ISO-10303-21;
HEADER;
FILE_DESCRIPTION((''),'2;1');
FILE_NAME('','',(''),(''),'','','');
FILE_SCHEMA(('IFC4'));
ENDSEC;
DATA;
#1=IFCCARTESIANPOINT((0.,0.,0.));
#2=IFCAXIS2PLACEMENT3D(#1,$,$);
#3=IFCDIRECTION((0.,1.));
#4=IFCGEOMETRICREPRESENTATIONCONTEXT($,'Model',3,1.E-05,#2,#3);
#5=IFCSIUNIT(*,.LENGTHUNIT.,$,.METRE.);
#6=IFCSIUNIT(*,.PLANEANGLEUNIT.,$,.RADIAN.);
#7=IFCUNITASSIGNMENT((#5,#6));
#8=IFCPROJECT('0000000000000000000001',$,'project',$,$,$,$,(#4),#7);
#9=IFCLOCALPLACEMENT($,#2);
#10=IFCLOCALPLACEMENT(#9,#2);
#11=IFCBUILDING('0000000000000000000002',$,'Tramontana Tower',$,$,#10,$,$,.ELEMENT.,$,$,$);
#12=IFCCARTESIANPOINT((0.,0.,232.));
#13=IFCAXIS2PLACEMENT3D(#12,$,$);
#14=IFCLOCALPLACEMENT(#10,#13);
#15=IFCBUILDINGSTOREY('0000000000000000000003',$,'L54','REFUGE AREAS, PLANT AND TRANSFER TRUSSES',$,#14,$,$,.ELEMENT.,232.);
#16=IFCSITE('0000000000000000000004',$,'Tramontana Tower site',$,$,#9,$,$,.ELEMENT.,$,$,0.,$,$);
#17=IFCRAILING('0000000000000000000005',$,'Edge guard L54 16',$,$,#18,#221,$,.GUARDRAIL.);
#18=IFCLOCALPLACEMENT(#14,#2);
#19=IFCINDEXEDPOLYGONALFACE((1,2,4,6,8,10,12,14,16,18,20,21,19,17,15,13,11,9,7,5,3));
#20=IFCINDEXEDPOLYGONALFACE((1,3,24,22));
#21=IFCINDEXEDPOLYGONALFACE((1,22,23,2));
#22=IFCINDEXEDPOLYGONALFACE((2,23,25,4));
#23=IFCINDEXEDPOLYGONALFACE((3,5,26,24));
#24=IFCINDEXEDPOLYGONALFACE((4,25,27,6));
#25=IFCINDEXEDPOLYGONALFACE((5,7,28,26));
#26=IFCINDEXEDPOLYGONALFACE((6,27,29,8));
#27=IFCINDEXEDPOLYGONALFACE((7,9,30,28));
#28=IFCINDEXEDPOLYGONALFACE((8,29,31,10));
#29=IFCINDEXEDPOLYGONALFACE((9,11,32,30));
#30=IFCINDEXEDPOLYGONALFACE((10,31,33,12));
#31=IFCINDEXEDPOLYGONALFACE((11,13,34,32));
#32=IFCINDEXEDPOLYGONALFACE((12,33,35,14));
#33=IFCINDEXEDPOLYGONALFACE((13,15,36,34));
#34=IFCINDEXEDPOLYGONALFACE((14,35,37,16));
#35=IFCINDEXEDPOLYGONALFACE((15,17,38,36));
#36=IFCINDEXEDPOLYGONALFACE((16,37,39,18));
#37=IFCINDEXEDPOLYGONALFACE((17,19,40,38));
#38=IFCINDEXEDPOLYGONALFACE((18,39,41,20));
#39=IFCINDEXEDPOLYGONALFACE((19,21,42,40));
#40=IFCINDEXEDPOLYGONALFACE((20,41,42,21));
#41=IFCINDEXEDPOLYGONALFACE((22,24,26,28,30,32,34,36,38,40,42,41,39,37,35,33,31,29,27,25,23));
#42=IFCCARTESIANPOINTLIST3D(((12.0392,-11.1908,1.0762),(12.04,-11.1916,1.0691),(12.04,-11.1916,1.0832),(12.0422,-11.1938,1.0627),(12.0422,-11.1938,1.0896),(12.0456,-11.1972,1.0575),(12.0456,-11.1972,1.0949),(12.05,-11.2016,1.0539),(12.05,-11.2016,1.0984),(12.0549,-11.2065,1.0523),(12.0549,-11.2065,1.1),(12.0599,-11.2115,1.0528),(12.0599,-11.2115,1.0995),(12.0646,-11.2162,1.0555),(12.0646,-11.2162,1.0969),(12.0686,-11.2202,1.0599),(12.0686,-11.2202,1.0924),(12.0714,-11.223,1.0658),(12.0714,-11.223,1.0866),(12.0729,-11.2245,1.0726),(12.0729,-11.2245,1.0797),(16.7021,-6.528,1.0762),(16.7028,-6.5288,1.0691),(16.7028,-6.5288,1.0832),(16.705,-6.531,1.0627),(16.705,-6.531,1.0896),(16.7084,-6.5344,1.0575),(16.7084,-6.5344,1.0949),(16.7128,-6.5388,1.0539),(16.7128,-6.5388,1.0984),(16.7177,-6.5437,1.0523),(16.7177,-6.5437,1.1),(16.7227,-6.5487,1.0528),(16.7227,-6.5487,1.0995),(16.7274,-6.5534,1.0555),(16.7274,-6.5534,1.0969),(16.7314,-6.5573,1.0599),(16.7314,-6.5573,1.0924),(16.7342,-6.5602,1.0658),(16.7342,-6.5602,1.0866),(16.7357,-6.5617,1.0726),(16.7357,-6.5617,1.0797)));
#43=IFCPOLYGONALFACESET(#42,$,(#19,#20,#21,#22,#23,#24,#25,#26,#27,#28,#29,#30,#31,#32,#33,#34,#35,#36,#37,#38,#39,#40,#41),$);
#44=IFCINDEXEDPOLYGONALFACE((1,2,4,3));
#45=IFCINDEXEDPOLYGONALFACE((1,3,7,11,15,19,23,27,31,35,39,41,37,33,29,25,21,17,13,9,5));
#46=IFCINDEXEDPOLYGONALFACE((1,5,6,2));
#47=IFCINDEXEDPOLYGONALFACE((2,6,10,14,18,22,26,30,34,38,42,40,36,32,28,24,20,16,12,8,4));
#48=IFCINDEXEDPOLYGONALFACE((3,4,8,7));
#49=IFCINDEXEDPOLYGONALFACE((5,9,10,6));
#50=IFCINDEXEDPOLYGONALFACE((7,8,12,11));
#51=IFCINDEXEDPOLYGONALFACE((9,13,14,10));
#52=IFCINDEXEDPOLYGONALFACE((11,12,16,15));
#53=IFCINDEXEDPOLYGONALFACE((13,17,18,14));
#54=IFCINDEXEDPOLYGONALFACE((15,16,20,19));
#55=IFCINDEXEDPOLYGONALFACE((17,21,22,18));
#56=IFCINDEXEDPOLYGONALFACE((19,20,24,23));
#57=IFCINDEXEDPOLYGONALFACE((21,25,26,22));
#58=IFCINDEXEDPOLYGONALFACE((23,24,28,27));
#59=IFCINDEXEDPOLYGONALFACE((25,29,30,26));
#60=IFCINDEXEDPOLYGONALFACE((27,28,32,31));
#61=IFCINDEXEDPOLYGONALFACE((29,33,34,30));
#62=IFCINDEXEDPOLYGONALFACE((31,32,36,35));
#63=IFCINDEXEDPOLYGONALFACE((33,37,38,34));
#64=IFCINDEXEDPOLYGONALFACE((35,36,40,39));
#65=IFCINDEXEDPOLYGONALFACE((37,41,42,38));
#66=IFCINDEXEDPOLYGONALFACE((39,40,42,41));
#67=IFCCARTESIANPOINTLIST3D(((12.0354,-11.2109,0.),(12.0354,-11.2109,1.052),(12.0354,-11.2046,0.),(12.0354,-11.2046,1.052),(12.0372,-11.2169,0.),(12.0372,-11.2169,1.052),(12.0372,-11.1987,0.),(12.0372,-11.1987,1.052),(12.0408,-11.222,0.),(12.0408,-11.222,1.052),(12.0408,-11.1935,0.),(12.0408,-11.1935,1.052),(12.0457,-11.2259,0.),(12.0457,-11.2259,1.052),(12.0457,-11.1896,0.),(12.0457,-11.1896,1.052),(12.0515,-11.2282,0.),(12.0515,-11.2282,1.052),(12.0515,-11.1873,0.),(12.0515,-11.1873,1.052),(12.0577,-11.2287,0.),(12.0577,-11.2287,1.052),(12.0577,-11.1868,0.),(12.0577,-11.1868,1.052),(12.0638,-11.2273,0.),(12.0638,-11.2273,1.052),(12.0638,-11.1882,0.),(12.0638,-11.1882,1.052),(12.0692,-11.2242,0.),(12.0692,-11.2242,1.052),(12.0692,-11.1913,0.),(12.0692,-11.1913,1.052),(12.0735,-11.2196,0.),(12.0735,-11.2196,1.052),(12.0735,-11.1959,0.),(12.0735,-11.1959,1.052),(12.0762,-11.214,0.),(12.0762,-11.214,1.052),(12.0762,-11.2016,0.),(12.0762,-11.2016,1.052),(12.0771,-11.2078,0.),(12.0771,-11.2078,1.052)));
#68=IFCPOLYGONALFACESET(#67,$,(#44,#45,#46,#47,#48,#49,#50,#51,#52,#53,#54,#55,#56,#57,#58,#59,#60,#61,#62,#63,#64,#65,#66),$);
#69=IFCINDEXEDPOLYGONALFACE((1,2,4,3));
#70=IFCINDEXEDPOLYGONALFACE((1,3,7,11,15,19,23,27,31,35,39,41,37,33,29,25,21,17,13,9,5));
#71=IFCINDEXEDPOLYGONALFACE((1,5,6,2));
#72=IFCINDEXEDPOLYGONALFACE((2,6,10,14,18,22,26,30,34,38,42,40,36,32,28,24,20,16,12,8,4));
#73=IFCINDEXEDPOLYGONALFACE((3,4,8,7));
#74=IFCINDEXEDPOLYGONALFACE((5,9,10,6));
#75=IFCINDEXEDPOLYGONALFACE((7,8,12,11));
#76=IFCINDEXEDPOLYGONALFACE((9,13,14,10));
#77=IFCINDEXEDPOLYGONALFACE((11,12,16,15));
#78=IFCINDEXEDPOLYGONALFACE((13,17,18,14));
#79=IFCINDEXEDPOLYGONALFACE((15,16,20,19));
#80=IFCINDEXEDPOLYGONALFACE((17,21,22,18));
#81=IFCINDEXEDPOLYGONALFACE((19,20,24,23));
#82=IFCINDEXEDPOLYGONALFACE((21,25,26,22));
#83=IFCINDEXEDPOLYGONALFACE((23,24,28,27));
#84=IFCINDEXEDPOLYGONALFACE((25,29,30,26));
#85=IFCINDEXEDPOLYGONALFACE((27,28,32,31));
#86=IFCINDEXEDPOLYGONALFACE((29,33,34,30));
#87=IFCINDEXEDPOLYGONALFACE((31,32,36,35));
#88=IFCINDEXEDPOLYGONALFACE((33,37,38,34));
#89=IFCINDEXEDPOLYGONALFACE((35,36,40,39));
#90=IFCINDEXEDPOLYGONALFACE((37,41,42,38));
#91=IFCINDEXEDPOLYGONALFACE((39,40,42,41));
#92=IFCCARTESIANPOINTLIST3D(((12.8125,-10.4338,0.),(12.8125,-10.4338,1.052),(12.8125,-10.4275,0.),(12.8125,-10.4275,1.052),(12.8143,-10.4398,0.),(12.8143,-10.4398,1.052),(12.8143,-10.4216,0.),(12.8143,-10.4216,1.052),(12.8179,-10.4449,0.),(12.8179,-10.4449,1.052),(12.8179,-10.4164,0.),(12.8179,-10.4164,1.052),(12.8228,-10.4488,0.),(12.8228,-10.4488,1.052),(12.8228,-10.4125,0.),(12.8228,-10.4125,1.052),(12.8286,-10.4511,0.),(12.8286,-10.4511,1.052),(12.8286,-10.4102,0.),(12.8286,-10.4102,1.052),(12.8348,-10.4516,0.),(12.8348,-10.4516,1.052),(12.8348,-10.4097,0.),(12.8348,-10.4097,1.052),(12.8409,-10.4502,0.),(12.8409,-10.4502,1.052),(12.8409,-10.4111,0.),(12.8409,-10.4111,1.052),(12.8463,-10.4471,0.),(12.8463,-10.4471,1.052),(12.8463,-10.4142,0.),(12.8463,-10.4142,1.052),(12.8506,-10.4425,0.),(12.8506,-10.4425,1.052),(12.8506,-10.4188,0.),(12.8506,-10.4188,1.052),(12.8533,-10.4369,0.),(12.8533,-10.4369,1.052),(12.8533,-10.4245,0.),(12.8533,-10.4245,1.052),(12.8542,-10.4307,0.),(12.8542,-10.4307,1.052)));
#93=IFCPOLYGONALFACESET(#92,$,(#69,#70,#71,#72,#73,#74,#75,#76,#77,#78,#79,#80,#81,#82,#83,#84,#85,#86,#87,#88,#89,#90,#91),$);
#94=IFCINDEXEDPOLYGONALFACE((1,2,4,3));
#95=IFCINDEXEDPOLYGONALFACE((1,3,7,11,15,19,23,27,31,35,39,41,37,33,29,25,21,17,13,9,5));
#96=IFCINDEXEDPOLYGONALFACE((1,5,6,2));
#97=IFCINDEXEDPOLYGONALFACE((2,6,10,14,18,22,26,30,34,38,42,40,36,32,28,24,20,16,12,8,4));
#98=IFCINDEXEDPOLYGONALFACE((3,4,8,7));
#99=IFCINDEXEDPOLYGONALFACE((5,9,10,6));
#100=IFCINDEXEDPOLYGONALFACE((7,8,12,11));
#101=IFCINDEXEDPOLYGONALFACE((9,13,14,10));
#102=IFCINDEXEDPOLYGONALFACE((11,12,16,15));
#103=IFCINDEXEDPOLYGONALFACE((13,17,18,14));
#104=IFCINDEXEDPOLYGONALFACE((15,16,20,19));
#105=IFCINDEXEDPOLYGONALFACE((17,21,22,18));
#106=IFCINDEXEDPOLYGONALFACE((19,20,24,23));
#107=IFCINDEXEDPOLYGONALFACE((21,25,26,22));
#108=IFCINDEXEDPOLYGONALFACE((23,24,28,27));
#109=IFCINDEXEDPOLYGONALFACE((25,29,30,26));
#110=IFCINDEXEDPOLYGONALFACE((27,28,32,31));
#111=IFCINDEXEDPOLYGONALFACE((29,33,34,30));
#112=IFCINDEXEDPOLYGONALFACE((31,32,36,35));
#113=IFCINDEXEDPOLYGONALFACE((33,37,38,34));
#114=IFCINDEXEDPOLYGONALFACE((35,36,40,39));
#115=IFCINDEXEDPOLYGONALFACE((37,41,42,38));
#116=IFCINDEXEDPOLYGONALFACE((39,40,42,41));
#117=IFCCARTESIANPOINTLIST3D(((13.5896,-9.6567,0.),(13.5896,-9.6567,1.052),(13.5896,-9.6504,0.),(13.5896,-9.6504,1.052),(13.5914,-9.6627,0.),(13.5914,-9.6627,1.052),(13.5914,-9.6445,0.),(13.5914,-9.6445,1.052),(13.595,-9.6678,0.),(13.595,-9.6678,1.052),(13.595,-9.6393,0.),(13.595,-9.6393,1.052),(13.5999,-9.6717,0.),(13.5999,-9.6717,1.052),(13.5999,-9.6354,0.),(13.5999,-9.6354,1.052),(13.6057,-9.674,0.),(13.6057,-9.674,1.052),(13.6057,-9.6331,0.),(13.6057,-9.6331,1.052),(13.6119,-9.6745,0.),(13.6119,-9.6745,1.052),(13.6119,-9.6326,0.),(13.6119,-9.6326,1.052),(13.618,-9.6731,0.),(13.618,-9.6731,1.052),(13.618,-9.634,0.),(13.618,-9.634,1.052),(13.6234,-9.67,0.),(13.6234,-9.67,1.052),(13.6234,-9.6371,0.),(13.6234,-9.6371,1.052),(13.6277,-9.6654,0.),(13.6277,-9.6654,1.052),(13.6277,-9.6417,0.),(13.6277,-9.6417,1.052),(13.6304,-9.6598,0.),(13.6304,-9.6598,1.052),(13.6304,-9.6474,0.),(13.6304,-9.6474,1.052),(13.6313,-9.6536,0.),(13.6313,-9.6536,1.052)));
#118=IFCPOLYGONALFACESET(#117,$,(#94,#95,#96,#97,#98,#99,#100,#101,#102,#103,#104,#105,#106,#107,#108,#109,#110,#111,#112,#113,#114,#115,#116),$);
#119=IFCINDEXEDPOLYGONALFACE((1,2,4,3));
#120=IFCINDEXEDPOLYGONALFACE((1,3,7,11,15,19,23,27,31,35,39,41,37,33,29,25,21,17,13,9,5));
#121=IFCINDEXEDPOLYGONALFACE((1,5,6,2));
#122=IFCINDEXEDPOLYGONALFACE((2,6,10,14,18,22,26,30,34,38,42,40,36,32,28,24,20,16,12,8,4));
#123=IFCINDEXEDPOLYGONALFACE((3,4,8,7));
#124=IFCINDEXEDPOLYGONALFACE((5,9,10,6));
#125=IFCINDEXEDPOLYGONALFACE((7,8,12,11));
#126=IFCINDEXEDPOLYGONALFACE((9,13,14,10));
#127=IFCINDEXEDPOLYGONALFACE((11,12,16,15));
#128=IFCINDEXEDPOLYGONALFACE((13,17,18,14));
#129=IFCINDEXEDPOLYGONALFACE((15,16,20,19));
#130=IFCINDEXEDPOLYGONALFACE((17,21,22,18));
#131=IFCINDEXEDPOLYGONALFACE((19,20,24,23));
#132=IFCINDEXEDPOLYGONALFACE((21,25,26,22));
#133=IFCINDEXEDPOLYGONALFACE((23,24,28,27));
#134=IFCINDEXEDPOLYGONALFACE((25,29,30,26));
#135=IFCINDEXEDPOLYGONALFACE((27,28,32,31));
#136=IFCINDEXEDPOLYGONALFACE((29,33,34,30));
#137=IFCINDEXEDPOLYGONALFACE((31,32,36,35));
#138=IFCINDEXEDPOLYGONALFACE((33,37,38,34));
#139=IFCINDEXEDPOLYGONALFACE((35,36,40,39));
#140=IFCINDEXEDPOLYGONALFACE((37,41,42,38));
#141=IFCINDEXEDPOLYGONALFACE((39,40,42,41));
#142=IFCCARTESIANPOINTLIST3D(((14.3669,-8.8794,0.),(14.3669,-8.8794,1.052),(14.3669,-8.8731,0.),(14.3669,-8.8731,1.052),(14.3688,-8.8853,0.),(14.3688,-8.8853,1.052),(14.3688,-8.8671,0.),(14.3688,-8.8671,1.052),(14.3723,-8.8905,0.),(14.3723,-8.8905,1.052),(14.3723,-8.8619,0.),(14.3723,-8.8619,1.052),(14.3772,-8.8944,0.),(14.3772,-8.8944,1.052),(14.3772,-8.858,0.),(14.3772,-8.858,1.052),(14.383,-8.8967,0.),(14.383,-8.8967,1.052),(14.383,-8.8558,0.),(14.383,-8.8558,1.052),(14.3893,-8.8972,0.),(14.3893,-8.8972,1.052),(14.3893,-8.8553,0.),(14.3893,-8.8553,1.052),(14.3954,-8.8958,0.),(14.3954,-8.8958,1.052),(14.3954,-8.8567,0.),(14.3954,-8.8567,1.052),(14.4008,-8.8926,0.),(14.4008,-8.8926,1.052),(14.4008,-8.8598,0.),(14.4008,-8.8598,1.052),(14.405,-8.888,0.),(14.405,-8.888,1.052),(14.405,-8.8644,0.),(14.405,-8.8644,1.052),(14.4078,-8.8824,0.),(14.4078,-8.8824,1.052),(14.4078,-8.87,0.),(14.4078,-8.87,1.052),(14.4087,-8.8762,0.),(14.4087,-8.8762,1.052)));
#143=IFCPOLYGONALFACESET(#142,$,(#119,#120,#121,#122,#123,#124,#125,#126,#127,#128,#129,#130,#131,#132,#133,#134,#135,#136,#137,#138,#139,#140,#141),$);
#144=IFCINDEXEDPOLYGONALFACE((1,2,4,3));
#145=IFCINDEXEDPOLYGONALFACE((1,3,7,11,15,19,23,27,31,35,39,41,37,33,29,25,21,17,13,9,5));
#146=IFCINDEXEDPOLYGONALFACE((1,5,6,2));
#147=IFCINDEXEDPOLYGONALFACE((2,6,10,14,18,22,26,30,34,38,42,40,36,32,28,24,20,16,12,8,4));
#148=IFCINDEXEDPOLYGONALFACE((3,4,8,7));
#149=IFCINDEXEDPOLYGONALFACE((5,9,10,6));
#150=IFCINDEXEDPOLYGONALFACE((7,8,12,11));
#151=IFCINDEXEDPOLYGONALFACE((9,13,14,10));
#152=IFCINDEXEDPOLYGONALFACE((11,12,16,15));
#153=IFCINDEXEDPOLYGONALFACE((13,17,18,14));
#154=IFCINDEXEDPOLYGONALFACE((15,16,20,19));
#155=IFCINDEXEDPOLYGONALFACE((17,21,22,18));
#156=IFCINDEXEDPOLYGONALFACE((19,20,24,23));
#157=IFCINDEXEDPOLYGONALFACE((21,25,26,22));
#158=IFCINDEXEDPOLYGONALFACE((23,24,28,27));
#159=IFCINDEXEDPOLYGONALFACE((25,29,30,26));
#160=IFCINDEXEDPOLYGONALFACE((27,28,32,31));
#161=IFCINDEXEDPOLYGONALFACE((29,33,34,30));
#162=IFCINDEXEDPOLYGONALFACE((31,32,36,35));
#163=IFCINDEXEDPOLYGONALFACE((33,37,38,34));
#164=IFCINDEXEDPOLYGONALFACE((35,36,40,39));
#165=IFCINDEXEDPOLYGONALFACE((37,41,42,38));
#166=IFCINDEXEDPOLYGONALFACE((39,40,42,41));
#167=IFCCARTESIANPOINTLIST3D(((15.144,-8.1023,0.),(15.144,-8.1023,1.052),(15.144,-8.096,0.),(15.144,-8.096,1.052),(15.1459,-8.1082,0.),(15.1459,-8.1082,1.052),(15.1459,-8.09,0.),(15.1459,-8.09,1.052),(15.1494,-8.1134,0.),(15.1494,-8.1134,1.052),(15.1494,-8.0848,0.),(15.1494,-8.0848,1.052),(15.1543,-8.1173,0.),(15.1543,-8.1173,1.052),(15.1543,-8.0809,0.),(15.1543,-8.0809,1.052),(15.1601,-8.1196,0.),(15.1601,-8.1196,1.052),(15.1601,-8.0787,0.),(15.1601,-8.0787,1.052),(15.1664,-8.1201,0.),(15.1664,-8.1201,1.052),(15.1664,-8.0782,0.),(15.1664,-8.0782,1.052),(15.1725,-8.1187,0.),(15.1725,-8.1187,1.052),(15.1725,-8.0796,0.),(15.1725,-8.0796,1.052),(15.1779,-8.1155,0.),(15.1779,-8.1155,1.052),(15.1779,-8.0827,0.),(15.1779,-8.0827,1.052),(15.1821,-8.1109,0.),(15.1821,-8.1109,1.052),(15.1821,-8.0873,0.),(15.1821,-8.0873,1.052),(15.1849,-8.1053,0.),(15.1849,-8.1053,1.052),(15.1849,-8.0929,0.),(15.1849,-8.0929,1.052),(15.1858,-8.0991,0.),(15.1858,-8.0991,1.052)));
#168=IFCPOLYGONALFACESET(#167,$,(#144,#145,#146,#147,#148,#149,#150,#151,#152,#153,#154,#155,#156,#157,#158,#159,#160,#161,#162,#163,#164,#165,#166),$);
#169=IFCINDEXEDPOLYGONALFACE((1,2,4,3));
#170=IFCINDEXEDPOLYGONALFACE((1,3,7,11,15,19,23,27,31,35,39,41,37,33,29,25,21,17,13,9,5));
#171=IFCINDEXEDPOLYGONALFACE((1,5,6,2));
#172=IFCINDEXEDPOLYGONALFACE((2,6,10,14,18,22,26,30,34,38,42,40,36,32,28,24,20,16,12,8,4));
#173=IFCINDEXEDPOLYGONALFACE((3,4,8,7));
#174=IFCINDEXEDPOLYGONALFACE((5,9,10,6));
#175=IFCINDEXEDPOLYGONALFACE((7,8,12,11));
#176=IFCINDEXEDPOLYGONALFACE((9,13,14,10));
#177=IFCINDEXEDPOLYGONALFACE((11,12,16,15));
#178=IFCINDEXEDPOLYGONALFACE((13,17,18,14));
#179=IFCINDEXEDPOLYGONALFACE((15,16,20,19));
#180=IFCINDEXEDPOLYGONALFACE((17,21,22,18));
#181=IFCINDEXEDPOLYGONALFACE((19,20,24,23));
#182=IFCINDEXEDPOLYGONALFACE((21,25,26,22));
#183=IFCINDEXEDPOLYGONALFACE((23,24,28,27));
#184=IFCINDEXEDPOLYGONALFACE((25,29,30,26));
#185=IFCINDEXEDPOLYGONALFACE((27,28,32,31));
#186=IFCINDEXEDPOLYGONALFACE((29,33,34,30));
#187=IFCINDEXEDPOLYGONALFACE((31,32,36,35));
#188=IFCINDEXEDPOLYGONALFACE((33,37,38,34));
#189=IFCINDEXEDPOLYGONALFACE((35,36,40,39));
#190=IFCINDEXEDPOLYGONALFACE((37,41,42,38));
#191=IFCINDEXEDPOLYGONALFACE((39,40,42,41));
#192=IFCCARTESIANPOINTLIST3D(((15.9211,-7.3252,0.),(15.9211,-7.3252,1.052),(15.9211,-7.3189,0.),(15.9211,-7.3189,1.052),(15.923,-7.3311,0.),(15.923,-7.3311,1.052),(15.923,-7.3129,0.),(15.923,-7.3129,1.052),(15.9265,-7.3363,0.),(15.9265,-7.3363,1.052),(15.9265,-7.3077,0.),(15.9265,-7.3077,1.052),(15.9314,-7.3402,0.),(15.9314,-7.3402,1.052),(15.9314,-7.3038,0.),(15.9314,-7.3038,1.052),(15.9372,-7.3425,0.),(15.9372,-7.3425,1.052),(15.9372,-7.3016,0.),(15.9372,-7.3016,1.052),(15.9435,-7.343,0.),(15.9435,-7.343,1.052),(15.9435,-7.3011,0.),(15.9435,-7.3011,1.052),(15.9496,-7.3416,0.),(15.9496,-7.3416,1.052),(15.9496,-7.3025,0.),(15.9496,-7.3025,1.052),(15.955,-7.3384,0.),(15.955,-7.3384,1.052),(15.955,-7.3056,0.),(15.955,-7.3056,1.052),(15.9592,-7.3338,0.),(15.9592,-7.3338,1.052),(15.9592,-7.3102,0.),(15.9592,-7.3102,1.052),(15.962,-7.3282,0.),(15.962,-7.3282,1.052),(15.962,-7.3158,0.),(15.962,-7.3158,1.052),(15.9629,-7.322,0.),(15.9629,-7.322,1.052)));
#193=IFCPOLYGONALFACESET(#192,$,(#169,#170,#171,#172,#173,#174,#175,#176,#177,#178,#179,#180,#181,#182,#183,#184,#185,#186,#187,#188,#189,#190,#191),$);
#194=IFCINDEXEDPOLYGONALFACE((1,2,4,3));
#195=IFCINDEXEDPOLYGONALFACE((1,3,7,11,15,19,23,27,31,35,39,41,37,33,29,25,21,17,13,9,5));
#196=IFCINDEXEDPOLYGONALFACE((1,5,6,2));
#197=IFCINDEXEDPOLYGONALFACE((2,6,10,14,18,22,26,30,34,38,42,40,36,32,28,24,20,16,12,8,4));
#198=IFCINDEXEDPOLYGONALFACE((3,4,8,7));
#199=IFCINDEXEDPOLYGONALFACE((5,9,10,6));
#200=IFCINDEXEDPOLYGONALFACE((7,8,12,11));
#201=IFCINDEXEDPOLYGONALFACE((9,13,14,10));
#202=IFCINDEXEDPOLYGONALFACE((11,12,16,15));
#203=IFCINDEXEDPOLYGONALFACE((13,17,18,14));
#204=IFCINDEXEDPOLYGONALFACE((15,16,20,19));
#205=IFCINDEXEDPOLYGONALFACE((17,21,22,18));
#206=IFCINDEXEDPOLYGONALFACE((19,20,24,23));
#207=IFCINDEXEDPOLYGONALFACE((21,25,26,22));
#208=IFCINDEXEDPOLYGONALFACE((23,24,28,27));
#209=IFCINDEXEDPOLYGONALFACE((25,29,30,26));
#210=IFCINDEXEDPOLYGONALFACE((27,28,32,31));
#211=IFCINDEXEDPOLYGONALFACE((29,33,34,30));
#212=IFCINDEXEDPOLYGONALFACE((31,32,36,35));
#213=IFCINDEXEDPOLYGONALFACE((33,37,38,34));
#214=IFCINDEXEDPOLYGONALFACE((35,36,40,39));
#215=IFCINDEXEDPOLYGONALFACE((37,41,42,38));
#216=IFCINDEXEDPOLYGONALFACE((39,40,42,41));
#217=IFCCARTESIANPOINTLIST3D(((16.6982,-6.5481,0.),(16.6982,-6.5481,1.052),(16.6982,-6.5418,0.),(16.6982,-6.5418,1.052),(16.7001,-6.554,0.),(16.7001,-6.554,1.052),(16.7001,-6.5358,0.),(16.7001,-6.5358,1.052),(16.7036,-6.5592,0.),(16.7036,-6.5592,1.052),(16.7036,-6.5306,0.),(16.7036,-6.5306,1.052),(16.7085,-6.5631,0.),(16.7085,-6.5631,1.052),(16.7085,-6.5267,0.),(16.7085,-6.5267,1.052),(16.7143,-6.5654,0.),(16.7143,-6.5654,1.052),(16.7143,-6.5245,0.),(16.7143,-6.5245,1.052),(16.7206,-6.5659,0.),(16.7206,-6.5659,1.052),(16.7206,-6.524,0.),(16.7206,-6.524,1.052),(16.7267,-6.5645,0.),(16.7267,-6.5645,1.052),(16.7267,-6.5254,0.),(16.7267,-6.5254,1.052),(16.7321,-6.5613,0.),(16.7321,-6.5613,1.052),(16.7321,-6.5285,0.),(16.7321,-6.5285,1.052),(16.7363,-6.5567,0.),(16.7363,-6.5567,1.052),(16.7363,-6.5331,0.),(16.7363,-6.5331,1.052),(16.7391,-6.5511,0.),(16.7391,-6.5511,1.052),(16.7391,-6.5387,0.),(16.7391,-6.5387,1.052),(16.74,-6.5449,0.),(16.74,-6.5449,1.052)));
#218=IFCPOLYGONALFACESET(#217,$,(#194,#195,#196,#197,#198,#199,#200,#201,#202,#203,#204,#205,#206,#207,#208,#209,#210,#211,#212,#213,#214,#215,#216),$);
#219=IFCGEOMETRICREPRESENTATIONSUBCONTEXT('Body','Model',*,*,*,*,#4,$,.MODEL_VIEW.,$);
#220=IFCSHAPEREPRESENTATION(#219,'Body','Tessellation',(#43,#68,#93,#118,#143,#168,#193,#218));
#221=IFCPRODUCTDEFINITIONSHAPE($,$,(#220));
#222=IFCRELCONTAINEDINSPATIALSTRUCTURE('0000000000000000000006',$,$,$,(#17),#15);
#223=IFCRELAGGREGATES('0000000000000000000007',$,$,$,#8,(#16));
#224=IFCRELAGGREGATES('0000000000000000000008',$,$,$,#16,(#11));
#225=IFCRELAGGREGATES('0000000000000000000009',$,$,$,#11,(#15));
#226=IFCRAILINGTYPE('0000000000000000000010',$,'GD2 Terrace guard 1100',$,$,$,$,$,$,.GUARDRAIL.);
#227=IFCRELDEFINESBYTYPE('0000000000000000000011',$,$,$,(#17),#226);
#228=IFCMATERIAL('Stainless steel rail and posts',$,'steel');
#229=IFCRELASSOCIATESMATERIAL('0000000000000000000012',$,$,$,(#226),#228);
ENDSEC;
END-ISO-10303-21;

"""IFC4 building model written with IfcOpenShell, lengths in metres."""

from ifc_helpers import new_model, si_unit, direction, frame, origin, origin_2d, place, context, subcontext, project, spatial, circle, extrude, material, type_object, element, save


model = new_model("IFC4")

# Units and contexts
model_context = context("Model", 3, precision=1e-05, world=origin(), true_north=direction((0.0, 1.0)))
body_context = subcontext(model_context, "Body", "Model", "MODEL_VIEW")
ifc_project = project(units=[si_unit("LENGTHUNIT", "METRE"), si_unit("PLANEANGLEUNIT", "RADIAN")], contexts=[model_context])

# Site, building, storey
site_placement = place(None, origin())
site = spatial("IfcSite", under=ifc_project, at=site_placement, Name="Tramontana Tower site", CompositionType="ELEMENT", RefElevation=0.0)
building_placement = place(site_placement, origin())
building = spatial("IfcBuilding", under=site, at=building_placement, Name="Tramontana Tower", CompositionType="ELEMENT")
storey_placement = place(building_placement, frame((0.0, 0.0, 232.0)))
storey = spatial("IfcBuildingStorey", under=building, at=storey_placement, Name="L54", Description="REFUGE AREAS, PLANT AND TRANSFER TRUSSES", CompositionType="ELEMENT", Elevation=232.0)

# Railing
ifc_material_1 = material(Name="Stainless steel rail and posts", Category="steel")
railing_type = type_object("IfcRailingType", Name="GD2 Terrace guard 1100", PredefinedType="GUARDRAIL", material=ifc_material_1)
railing_placement = place(storey_placement, frame((12.0562, -11.2078, 0.0)))
element("IfcRailing", 1, at=railing_placement, inside=storey, type_object=railing_type, Name="Edge guard L54 16", PredefinedType="GUARDRAIL", context=body_context, shape_type="SweptSolid", body=[
    extrude(circle(Radius=0.0239, at=origin_2d()), frame((0.0, 0.0, 1.0762), z_axis=(0.707107, 0.707107, 0.0), x_axis=(-0.707107, 0.707107, 0.0)), (0.0, 0.0, 1.0), 6.5942),
    extrude(circle(Radius=0.021, at=origin_2d()), origin(), (0.0, 0.0, 1.0), 1.052),
    extrude(circle(Radius=0.021, at=origin_2d()), frame((0.7771, 0.7771, 0.0)), (0.0, 0.0, 1.0), 1.052),
    extrude(circle(Radius=0.021, at=origin_2d()), frame((1.5542, 1.5542, 0.0)), (0.0, 0.0, 1.0), 1.052),
    extrude(circle(Radius=0.021, at=origin_2d()), frame((2.3315, 2.3315, 0.0)), (0.0, 0.0, 1.0), 1.052),
    extrude(circle(Radius=0.021, at=origin_2d()), frame((3.1086, 3.1086, 0.0)), (0.0, 0.0, 1.0), 1.052),
    extrude(circle(Radius=0.021, at=origin_2d()), frame((3.8857, 3.8857, 0.0)), (0.0, 0.0, 1.0), 1.052),
    extrude(circle(Radius=0.021, at=origin_2d()), frame((4.6628, 4.6628, 0.0)), (0.0, 0.0, 1.0), 1.052),
])

save(model, "model.ifc")
